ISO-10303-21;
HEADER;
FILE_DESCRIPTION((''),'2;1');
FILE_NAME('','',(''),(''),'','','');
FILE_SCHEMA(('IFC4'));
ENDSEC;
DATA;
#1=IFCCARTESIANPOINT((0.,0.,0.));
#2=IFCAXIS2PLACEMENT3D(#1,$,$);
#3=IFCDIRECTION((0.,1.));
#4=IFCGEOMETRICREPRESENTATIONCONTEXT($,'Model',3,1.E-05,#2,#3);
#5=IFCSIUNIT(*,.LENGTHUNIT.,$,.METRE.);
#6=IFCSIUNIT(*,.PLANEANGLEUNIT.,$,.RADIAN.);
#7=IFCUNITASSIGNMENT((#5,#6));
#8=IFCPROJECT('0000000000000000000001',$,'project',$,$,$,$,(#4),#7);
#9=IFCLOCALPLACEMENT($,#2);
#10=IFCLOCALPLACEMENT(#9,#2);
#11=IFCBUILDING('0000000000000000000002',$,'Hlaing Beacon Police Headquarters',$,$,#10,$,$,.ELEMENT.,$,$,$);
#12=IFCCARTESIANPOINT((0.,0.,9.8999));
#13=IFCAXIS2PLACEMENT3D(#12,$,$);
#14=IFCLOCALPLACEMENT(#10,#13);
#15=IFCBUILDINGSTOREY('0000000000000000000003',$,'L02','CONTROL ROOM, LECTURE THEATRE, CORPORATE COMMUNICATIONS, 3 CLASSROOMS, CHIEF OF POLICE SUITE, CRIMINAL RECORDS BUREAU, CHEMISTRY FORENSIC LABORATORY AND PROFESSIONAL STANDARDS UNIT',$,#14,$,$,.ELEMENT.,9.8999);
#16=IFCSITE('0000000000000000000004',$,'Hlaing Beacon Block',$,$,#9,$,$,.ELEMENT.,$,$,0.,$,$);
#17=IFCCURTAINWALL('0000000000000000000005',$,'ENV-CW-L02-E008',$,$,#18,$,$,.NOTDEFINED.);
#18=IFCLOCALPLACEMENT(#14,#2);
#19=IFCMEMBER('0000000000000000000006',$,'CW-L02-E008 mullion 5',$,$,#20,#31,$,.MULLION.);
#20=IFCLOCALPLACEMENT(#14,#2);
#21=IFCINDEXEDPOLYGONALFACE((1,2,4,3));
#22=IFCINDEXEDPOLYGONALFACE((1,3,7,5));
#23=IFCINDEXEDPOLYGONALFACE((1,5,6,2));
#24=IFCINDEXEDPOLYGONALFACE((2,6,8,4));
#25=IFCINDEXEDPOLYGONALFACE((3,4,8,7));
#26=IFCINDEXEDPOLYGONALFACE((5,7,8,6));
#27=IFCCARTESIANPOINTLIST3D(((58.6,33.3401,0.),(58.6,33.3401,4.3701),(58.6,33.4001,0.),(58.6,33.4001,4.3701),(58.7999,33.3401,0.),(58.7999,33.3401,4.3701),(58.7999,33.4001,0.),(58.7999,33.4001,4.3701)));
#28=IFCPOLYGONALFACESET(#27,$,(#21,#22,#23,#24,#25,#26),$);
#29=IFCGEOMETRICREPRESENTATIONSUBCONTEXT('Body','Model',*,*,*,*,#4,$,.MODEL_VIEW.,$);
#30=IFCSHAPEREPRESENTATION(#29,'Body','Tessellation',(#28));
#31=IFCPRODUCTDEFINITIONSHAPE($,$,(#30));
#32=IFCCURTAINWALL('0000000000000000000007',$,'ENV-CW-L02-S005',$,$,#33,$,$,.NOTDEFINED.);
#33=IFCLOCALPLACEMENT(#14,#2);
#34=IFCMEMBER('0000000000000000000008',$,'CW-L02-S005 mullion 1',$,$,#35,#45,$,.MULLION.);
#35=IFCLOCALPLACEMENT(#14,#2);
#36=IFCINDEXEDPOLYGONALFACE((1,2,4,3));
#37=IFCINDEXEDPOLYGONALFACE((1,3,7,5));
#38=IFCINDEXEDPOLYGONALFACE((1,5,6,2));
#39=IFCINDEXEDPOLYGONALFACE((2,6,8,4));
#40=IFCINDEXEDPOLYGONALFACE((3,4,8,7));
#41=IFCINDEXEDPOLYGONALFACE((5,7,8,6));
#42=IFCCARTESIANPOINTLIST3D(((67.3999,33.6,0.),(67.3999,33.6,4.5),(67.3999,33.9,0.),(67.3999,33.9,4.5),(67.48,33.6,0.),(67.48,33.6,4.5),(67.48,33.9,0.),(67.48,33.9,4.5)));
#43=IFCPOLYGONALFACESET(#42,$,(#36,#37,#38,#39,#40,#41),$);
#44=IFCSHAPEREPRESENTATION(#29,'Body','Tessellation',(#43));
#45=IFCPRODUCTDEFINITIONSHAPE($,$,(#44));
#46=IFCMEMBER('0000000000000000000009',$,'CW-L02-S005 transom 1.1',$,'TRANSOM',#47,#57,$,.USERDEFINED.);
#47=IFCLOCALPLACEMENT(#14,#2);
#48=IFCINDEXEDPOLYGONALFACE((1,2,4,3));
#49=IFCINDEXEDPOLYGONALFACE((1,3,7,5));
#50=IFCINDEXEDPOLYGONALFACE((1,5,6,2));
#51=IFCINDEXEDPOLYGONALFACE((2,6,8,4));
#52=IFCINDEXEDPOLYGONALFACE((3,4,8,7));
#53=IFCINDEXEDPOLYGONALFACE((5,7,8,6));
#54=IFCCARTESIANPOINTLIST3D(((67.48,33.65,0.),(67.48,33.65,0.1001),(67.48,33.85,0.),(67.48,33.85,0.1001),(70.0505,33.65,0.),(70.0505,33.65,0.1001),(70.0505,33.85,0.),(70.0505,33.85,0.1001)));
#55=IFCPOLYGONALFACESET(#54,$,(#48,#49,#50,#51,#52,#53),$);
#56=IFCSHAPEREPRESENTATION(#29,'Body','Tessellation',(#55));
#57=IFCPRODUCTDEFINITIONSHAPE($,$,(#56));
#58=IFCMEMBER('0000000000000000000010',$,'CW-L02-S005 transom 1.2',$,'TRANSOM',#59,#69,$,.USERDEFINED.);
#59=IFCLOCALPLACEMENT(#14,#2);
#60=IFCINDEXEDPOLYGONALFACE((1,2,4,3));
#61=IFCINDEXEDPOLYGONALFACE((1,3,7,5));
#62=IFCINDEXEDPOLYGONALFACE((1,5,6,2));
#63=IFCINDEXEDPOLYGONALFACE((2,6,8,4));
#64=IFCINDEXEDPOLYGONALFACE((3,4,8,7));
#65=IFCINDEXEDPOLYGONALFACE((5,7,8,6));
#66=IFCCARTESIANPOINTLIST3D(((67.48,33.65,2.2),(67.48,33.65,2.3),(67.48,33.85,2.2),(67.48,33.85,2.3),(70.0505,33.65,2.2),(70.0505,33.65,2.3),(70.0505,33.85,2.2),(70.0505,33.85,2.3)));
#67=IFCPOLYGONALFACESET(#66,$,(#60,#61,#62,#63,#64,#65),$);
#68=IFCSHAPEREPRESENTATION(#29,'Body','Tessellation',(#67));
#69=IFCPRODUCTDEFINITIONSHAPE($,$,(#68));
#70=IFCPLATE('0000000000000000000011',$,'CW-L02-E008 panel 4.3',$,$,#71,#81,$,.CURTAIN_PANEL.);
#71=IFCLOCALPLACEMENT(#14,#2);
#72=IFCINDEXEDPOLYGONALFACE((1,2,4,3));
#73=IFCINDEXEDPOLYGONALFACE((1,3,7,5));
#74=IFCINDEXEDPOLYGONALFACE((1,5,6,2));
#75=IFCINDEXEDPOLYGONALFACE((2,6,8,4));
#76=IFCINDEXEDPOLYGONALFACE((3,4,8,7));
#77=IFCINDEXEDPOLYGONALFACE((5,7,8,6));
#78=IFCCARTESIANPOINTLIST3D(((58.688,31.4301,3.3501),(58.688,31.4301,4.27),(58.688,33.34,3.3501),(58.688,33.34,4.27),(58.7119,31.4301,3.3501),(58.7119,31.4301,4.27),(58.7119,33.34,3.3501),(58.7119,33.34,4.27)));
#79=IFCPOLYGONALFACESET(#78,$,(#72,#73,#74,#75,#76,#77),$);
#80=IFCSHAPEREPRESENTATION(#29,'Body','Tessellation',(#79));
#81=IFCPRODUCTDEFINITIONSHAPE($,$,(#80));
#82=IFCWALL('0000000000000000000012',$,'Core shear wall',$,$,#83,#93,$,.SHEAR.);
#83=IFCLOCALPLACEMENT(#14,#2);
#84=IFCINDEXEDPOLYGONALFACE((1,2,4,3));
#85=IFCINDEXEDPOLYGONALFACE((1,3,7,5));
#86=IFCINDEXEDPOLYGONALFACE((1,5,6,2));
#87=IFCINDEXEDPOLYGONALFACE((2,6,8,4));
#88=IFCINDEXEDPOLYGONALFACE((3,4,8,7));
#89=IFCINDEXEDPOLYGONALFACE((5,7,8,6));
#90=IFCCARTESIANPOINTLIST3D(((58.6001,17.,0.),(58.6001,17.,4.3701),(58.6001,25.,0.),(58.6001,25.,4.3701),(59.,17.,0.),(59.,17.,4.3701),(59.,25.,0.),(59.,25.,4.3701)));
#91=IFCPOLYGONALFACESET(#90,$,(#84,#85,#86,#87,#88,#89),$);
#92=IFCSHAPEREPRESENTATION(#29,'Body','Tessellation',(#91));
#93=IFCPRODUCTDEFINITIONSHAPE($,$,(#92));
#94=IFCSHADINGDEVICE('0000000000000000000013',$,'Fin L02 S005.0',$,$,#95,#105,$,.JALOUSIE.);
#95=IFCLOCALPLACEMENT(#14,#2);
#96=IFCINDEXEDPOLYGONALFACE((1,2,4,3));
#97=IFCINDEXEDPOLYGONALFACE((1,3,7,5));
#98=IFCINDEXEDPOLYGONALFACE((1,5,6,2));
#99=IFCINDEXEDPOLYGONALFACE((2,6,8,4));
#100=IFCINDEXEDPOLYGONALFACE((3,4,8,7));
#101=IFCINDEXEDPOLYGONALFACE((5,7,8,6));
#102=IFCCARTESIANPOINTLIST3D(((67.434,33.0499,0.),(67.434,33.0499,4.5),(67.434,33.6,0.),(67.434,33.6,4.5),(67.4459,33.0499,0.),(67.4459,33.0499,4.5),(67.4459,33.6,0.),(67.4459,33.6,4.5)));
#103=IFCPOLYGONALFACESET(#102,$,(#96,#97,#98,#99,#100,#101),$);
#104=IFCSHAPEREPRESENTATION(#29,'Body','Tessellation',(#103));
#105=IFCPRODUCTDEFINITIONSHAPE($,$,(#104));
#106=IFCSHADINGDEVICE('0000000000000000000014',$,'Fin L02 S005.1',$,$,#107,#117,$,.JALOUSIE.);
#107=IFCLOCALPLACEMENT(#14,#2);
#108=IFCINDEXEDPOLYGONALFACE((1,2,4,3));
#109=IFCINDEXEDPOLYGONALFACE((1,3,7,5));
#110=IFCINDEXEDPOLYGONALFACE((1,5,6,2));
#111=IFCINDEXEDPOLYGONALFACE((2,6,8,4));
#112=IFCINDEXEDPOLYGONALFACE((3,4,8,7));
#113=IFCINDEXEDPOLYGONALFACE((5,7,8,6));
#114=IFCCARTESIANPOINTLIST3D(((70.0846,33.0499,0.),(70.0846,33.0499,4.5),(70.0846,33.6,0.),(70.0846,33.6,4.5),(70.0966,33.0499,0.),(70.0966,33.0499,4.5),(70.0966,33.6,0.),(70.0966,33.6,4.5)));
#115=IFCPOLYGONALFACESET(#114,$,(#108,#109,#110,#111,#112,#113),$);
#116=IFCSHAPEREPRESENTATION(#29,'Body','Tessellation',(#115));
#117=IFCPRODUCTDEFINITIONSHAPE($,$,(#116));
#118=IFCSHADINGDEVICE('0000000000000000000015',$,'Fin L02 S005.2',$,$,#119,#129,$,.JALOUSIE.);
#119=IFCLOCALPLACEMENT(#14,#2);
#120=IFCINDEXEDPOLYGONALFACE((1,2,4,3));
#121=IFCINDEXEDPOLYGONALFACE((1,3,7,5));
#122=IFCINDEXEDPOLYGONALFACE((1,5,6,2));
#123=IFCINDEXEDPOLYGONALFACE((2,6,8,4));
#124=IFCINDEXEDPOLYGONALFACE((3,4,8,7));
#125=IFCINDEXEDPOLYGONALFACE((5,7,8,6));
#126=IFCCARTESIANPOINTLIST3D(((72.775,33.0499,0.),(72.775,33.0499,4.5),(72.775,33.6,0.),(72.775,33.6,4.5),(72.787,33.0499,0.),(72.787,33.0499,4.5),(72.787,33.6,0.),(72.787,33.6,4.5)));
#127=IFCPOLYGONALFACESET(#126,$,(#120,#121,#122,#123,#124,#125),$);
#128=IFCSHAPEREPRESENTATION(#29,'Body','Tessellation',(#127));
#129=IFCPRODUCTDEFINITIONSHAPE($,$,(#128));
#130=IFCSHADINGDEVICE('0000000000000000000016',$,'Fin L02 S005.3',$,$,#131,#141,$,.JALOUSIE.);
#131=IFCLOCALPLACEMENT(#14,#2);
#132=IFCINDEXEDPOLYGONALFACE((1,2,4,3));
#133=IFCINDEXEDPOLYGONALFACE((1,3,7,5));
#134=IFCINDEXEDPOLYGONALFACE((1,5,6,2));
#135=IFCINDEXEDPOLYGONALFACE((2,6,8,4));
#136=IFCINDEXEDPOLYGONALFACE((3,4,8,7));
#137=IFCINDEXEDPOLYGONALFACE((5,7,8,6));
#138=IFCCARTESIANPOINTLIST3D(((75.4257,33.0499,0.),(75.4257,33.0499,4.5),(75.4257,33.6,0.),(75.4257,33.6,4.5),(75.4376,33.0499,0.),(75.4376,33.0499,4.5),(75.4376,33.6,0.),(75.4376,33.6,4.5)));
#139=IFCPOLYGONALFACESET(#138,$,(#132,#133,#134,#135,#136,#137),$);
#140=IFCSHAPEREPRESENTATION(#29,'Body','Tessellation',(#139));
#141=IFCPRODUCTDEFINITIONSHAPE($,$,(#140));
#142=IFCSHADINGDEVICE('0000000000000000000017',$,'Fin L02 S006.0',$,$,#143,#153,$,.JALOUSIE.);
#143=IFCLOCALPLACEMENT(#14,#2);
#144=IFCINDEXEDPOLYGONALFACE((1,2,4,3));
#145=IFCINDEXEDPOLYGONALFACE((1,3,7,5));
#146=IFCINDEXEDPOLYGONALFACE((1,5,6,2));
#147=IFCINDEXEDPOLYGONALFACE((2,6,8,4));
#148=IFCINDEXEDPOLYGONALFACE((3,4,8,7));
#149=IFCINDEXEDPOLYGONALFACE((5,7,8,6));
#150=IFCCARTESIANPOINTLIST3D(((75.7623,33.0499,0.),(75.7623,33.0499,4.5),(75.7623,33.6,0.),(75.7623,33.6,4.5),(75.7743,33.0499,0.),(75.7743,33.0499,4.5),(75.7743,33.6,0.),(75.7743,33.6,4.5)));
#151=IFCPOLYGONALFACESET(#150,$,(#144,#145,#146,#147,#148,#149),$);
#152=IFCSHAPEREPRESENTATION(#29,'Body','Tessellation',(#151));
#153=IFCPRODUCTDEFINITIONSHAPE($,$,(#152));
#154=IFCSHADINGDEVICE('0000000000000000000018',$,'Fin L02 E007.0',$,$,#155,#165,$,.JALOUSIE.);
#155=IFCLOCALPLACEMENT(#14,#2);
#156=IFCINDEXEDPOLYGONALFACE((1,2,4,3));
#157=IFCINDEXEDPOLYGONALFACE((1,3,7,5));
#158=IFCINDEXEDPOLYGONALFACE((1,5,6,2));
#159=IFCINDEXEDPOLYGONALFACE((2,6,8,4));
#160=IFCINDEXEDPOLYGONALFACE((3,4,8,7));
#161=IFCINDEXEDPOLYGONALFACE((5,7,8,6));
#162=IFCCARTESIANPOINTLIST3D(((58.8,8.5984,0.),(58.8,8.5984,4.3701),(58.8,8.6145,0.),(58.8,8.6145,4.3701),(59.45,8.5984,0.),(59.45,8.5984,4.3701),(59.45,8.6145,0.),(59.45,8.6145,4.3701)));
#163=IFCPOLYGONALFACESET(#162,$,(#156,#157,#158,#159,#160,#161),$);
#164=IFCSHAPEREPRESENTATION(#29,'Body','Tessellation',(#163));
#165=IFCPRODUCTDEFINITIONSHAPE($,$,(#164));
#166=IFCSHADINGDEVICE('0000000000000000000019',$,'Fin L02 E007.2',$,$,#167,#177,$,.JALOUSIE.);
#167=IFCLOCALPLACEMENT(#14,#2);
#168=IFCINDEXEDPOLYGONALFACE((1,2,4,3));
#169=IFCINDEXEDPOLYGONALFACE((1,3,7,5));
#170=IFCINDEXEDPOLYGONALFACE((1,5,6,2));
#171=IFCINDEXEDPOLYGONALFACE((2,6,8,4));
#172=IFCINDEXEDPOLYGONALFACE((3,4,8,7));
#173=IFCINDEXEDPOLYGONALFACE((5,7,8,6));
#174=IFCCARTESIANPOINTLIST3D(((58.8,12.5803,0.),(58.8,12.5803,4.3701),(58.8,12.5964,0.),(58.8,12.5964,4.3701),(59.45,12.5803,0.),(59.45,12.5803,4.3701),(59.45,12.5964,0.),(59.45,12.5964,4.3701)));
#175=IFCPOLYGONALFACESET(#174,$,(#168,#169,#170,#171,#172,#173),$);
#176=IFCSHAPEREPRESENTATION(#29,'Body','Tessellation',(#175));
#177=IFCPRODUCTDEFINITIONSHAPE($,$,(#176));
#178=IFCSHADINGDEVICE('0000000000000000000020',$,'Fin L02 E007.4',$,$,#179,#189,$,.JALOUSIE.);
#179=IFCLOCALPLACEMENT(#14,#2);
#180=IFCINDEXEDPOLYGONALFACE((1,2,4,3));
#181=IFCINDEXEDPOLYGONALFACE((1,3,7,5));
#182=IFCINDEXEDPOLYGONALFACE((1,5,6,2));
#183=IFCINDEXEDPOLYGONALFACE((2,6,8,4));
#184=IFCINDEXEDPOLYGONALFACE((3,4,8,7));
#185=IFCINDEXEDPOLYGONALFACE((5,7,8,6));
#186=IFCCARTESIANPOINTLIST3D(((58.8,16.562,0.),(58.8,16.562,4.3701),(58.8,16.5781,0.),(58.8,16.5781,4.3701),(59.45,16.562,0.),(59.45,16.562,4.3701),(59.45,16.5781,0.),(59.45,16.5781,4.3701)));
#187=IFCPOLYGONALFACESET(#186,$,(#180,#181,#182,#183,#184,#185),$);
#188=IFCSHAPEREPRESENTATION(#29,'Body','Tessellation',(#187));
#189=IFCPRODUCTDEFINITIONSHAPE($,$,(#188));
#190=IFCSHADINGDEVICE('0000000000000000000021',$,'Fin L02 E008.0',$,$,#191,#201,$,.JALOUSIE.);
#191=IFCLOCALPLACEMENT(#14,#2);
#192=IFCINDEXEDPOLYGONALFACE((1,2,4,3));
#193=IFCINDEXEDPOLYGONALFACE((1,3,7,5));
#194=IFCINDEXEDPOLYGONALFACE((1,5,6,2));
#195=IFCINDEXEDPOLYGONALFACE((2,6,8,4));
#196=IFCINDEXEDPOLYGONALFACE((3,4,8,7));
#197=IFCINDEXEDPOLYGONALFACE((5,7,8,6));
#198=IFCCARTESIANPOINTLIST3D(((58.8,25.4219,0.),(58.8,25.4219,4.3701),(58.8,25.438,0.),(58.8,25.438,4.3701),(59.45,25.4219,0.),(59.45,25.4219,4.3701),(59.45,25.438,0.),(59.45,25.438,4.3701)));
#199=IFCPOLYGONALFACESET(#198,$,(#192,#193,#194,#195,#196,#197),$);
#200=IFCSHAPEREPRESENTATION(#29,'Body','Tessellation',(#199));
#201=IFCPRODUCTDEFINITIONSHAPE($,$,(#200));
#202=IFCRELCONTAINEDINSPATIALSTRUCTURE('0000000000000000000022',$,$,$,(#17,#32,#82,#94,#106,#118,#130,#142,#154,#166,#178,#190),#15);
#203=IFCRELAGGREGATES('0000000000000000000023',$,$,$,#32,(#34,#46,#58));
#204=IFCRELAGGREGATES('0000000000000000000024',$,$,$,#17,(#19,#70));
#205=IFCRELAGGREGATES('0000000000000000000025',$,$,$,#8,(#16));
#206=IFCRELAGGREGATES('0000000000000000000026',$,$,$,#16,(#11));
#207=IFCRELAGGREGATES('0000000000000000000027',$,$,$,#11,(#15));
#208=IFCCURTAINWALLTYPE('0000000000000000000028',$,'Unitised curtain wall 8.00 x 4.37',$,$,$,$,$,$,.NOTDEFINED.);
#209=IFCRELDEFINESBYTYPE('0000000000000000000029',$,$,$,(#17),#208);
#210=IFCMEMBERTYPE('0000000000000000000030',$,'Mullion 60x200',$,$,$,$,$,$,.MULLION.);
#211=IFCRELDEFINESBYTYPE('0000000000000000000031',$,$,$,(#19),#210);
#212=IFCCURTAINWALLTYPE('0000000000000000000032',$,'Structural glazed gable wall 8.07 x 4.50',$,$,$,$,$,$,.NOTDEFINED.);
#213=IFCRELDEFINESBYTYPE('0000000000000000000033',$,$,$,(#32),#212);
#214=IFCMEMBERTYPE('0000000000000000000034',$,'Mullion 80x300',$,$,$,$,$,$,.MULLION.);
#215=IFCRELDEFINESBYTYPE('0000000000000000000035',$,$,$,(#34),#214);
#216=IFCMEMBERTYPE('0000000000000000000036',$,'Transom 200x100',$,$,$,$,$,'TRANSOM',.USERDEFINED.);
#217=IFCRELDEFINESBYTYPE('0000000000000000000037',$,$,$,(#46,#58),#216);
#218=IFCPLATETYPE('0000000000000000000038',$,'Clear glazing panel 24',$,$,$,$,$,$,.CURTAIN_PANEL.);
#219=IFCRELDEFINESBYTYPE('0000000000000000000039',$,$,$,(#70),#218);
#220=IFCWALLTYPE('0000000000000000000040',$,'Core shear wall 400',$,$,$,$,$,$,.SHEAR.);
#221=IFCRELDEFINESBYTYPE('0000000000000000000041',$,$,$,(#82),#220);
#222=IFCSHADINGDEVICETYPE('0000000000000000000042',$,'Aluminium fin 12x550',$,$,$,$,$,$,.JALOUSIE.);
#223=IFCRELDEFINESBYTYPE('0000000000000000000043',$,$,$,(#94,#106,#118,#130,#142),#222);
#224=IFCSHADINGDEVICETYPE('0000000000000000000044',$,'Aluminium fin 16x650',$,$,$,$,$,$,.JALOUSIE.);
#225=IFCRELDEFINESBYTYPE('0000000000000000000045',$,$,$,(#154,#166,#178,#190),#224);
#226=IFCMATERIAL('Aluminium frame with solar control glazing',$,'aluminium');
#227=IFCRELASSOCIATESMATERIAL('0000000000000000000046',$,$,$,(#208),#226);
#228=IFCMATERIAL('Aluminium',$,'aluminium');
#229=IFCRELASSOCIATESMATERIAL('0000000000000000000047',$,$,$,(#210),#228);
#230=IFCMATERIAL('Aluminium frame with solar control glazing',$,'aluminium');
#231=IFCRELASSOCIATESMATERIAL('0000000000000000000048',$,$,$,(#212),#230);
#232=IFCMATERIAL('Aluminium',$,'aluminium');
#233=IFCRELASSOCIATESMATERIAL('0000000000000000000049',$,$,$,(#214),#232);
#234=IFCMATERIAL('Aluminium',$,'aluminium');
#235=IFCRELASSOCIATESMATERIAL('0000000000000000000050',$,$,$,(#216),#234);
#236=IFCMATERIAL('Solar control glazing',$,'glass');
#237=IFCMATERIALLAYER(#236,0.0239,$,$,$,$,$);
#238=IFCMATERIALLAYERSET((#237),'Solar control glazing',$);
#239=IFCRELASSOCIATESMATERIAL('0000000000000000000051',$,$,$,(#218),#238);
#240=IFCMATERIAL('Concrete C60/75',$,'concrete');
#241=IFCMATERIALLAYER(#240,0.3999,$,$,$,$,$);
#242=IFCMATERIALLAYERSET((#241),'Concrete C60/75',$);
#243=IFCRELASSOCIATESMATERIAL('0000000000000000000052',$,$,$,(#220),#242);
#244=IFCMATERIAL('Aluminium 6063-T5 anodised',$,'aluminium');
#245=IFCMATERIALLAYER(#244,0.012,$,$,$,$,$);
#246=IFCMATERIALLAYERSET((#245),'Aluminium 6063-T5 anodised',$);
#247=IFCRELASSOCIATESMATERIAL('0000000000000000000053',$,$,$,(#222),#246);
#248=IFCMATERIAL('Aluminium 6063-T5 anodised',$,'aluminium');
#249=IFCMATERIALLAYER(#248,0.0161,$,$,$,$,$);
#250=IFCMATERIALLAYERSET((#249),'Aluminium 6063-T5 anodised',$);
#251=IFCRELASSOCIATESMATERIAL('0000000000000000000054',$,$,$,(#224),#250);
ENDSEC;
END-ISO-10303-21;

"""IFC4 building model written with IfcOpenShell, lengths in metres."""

from ifc_helpers import new_model, si_unit, direction, frame, frame_2d, origin, origin_2d, place, context, subcontext, project, spatial, rectangle, extrude, material, layer, layer_set, material_profile, profile_set, type_object, element, aggregate, save


model = new_model("IFC4")

# Units and contexts
model_context = context("Model", 3, precision=1e-05, world=origin(), true_north=direction((0.0, 1.0)))
body_context = subcontext(model_context, "Body", "Model", "MODEL_VIEW")
ifc_project = project(units=[si_unit("LENGTHUNIT", "METRE"), si_unit("PLANEANGLEUNIT", "RADIAN")], contexts=[model_context])

# Site, building, storey
site_placement = place(None, origin())
site = spatial("IfcSite", under=ifc_project, at=site_placement, Name="Hlaing Beacon Block", CompositionType="ELEMENT", RefElevation=0.0)
building_placement = place(site_placement, origin())
building = spatial("IfcBuilding", under=site, at=building_placement, Name="Hlaing Beacon Police Headquarters", CompositionType="ELEMENT")
storey_placement = place(building_placement, frame((0.0, 0.0, 9.8999)))
storey = spatial("IfcBuildingStorey", under=building, at=storey_placement, Name="L02", Description="CONTROL ROOM, LECTURE THEATRE, CORPORATE COMMUNICATIONS, 3 CLASSROOMS, CHIEF OF POLICE SUITE, CRIMINAL RECORDS BUREAU, CHEMISTRY FORENSIC LABORATORY AND PROFESSIONAL STANDARDS UNIT", CompositionType="ELEMENT", Elevation=9.8999)

# Curtain wall, member
ifc_material_1 = material(Name="Aluminium frame with solar control glazing", Category="aluminium")
curtain_wall_type_1 = type_object("IfcCurtainWallType", Name="Unitised curtain wall 8.00 x 4.37", PredefinedType="NOTDEFINED", material=ifc_material_1)
curtain_wall_1_placement = place(storey_placement, origin())
curtain_wall_1 = element("IfcCurtainWall", 1, at=curtain_wall_1_placement, inside=storey, type_object=curtain_wall_type_1, Name="ENV-CW-L02-E008", PredefinedType="NOTDEFINED")
ifc_material_2 = material(Name="Aluminium", Category="aluminium")
ifc_material_profile_1 = material_profile(ifc_material_2, rectangle(XDim=0.2, YDim=0.0601, at=origin_2d()), Name="Mullion 60x200")
ifc_profile_set_1 = profile_set([ifc_material_profile_1], Name="Aluminium")
member_type_1 = type_object("IfcMemberType", Name="Mullion 60x200", PredefinedType="MULLION", material=ifc_profile_set_1)
member_1_placement = place(storey_placement, frame((58.7, 33.3701, 0.0), z_axis=(0.0, 0.0, 1.0), x_axis=(-1.0, 0.0, 0.0)))
member_1 = element("IfcMember", 2, at=member_1_placement, type_object=member_type_1, Name="CW-L02-E008 mullion 5", PredefinedType="MULLION", context=body_context, shape_type="SweptSolid", body=[
    extrude(rectangle(XDim=0.2, YDim=0.0601, at=origin_2d()), origin(), (0.0, 0.0, 1.0), 4.3701),
])

# Curtain wall, members
ifc_material_3 = material(Name="Aluminium frame with solar control glazing", Category="aluminium")
curtain_wall_type_2 = type_object("IfcCurtainWallType", Name="Structural glazed gable wall 8.07 x 4.50", PredefinedType="NOTDEFINED", material=ifc_material_3)
curtain_wall_2_placement = place(storey_placement, origin())
curtain_wall_2 = element("IfcCurtainWall", 3, at=curtain_wall_2_placement, inside=storey, type_object=curtain_wall_type_2, Name="ENV-CW-L02-S005", PredefinedType="NOTDEFINED")
ifc_material_4 = material(Name="Aluminium", Category="aluminium")
ifc_material_profile_2 = material_profile(ifc_material_4, rectangle(XDim=0.3, YDim=0.0801, at=origin_2d()), Name="Mullion 80x300")
ifc_profile_set_2 = profile_set([ifc_material_profile_2], Name="Aluminium")
member_type_2 = type_object("IfcMemberType", Name="Mullion 80x300", PredefinedType="MULLION", material=ifc_profile_set_2)
member_2_placement = place(storey_placement, frame((67.4399, 33.75, 0.0), z_axis=(0.0, 0.0, 1.0), x_axis=(0.0, 1.0, 0.0)))
member_2 = element("IfcMember", 4, at=member_2_placement, type_object=member_type_2, Name="CW-L02-S005 mullion 1", PredefinedType="MULLION", context=body_context, shape_type="SweptSolid", body=[
    extrude(rectangle(XDim=0.3, YDim=0.0801, at=origin_2d()), origin(), (0.0, 0.0, 1.0), 4.5),
])
ifc_material_5 = material(Name="Aluminium", Category="aluminium")
ifc_material_profile_3 = material_profile(ifc_material_5, rectangle(XDim=0.2, YDim=0.1001, at=origin_2d()), Name="Transom 200x100")
ifc_profile_set_3 = profile_set([ifc_material_profile_3], Name="Aluminium")
member_type_3 = type_object("IfcMemberType", Name="Transom 200x100", ElementType="TRANSOM", PredefinedType="USERDEFINED", material=ifc_profile_set_3)
member_3_placement = place(storey_placement, frame((67.48, 33.75, 0.05), z_axis=(1.0, 0.0, 0.0), x_axis=(0.0, 1.0, 0.0)))
member_3 = element("IfcMember", 5, at=member_3_placement, type_object=member_type_3, Name="CW-L02-S005 transom 1.1", ObjectType="TRANSOM", PredefinedType="USERDEFINED", context=body_context, shape_type="SweptSolid", body=[
    extrude(rectangle(XDim=0.2, YDim=0.1001, at=origin_2d()), origin(), (0.0, 0.0, 1.0), 2.5706),
])
member_4_placement = place(storey_placement, frame((67.48, 33.75, 2.25), z_axis=(1.0, 0.0, 0.0), x_axis=(0.0, 1.0, 0.0)))
member_4 = element("IfcMember", 6, at=member_4_placement, type_object=member_type_3, Name="CW-L02-S005 transom 1.2", ObjectType="TRANSOM", PredefinedType="USERDEFINED", context=body_context, shape_type="SweptSolid", body=[
    extrude(rectangle(XDim=0.2, YDim=0.1001, at=origin_2d()), origin(), (0.0, 0.0, 1.0), 2.5706),
])
aggregate(curtain_wall_2, [member_2, member_3, member_4])

# Plate
ifc_material_6 = material(Name="Solar control glazing", Category="glass")
ifc_layer_1 = layer(ifc_material_6, 0.0239)
ifc_layer_set_1 = layer_set([ifc_layer_1], Name="Solar control glazing")
plate_type = type_object("IfcPlateType", Name="Clear glazing panel 24", PredefinedType="CURTAIN_PANEL", material=ifc_layer_set_1)
plate_placement = place(storey_placement, frame((58.7, 32.385, 3.3501), z_axis=(0.0, 0.0, 1.0), x_axis=(0.0, 1.0, 0.0)))
plate = element("IfcPlate", 7, at=plate_placement, type_object=plate_type, Name="CW-L02-E008 panel 4.3", PredefinedType="CURTAIN_PANEL", context=body_context, shape_type="SweptSolid", body=[
    extrude(rectangle(XDim=1.9099, YDim=0.0239, at=origin_2d()), origin(), (0.0, 0.0, 1.0), 0.9199),
])
aggregate(curtain_wall_1, [member_1, plate])

# Wall
ifc_material_7 = material(Name="Concrete C60/75", Category="concrete")
ifc_layer_2 = layer(ifc_material_7, 0.3999)
ifc_layer_set_2 = layer_set([ifc_layer_2], Name="Concrete C60/75")
wall_type = type_object("IfcWallType", Name="Core shear wall 400", PredefinedType="SHEAR", material=ifc_layer_set_2)
wall_placement = place(storey_placement, frame((58.8, 17.0, 0.0), z_axis=(0.0, 0.0, 1.0), x_axis=(0.0, 1.0, 0.0)))
element("IfcWall", 8, at=wall_placement, inside=storey, type_object=wall_type, Name="Core shear wall", PredefinedType="SHEAR", context=body_context, shape_type="SweptSolid", body=[
    extrude(rectangle(XDim=8.0, YDim=0.3999, at=frame_2d((4.0, 0.0))), origin(), (0.0, 0.0, 1.0), 4.3701),
])

# Shading devices
ifc_material_8 = material(Name="Aluminium 6063-T5 anodised", Category="aluminium")
ifc_layer_3 = layer(ifc_material_8, 0.012)
ifc_layer_set_3 = layer_set([ifc_layer_3], Name="Aluminium 6063-T5 anodised")
shading_device_type_1 = type_object("IfcShadingDeviceType", Name="Aluminium fin 12x550", PredefinedType="JALOUSIE", material=ifc_layer_set_3)
for number, where, z_axis, x_axis, name in (
    (9, (67.4399, 33.325, 0.0), (0.0, 0.0, 1.0), (1.0, 0.0, 0.0), "Fin L02 S005.0"),
    (10, (70.0906, 33.325, 0.0), (0.0, 0.0, 1.0), (1.0, 0.0, 0.0), "Fin L02 S005.1"),
    (11, (72.781, 33.325, 0.0), (0.0, 0.0, 1.0), (1.0, 0.0, 0.0), "Fin L02 S005.2"),
    (12, (75.4316, 33.325, 0.0), (0.0, 0.0, 1.0), (1.0, 0.0, 0.0), "Fin L02 S005.3"),
    (13, (75.7683, 33.325, 0.0), (0.0, 0.0, 1.0), (1.0, 0.0, 0.0), "Fin L02 S006.0"),
):
    element("IfcShadingDevice", number, at=place(storey_placement, frame(where, z_axis=z_axis, x_axis=x_axis)), inside=storey, type_object=shading_device_type_1, Name=name, PredefinedType="JALOUSIE", context=body_context, shape_type="SweptSolid", body=[
        extrude(rectangle(XDim=0.012, YDim=0.55, at=origin_2d()), origin(), (0.0, 0.0, 1.0), 4.5),
    ])
ifc_material_9 = material(Name="Aluminium 6063-T5 anodised", Category="aluminium")
ifc_layer_4 = layer(ifc_material_9, 0.0161)
ifc_layer_set_4 = layer_set([ifc_layer_4], Name="Aluminium 6063-T5 anodised")
shading_device_type_2 = type_object("IfcShadingDeviceType", Name="Aluminium fin 16x650", PredefinedType="JALOUSIE", material=ifc_layer_set_4)
for number, where, z_axis, x_axis, name in (
    (14, (59.125, 8.6064, 0.0), (0.0, 0.0, 1.0), (0.0, 1.0, 0.0), "Fin L02 E007.0"),
    (15, (59.125, 12.5884, 0.0), (0.0, 0.0, 1.0), (0.0, 1.0, 0.0), "Fin L02 E007.2"),
    (16, (59.125, 16.5701, 0.0), (0.0, 0.0, 1.0), (0.0, 1.0, 0.0), "Fin L02 E007.4"),
    (17, (59.125, 25.4299, 0.0), (0.0, 0.0, 1.0), (0.0, 1.0, 0.0), "Fin L02 E008.0"),
):
    element("IfcShadingDevice", number, at=place(storey_placement, frame(where, z_axis=z_axis, x_axis=x_axis)), inside=storey, type_object=shading_device_type_2, Name=name, PredefinedType="JALOUSIE", context=body_context, shape_type="SweptSolid", body=[
        extrude(rectangle(XDim=0.0161, YDim=0.6499, at=origin_2d()), origin(), (0.0, 0.0, 1.0), 4.3701),
    ])

save(model, "model.ifc")
